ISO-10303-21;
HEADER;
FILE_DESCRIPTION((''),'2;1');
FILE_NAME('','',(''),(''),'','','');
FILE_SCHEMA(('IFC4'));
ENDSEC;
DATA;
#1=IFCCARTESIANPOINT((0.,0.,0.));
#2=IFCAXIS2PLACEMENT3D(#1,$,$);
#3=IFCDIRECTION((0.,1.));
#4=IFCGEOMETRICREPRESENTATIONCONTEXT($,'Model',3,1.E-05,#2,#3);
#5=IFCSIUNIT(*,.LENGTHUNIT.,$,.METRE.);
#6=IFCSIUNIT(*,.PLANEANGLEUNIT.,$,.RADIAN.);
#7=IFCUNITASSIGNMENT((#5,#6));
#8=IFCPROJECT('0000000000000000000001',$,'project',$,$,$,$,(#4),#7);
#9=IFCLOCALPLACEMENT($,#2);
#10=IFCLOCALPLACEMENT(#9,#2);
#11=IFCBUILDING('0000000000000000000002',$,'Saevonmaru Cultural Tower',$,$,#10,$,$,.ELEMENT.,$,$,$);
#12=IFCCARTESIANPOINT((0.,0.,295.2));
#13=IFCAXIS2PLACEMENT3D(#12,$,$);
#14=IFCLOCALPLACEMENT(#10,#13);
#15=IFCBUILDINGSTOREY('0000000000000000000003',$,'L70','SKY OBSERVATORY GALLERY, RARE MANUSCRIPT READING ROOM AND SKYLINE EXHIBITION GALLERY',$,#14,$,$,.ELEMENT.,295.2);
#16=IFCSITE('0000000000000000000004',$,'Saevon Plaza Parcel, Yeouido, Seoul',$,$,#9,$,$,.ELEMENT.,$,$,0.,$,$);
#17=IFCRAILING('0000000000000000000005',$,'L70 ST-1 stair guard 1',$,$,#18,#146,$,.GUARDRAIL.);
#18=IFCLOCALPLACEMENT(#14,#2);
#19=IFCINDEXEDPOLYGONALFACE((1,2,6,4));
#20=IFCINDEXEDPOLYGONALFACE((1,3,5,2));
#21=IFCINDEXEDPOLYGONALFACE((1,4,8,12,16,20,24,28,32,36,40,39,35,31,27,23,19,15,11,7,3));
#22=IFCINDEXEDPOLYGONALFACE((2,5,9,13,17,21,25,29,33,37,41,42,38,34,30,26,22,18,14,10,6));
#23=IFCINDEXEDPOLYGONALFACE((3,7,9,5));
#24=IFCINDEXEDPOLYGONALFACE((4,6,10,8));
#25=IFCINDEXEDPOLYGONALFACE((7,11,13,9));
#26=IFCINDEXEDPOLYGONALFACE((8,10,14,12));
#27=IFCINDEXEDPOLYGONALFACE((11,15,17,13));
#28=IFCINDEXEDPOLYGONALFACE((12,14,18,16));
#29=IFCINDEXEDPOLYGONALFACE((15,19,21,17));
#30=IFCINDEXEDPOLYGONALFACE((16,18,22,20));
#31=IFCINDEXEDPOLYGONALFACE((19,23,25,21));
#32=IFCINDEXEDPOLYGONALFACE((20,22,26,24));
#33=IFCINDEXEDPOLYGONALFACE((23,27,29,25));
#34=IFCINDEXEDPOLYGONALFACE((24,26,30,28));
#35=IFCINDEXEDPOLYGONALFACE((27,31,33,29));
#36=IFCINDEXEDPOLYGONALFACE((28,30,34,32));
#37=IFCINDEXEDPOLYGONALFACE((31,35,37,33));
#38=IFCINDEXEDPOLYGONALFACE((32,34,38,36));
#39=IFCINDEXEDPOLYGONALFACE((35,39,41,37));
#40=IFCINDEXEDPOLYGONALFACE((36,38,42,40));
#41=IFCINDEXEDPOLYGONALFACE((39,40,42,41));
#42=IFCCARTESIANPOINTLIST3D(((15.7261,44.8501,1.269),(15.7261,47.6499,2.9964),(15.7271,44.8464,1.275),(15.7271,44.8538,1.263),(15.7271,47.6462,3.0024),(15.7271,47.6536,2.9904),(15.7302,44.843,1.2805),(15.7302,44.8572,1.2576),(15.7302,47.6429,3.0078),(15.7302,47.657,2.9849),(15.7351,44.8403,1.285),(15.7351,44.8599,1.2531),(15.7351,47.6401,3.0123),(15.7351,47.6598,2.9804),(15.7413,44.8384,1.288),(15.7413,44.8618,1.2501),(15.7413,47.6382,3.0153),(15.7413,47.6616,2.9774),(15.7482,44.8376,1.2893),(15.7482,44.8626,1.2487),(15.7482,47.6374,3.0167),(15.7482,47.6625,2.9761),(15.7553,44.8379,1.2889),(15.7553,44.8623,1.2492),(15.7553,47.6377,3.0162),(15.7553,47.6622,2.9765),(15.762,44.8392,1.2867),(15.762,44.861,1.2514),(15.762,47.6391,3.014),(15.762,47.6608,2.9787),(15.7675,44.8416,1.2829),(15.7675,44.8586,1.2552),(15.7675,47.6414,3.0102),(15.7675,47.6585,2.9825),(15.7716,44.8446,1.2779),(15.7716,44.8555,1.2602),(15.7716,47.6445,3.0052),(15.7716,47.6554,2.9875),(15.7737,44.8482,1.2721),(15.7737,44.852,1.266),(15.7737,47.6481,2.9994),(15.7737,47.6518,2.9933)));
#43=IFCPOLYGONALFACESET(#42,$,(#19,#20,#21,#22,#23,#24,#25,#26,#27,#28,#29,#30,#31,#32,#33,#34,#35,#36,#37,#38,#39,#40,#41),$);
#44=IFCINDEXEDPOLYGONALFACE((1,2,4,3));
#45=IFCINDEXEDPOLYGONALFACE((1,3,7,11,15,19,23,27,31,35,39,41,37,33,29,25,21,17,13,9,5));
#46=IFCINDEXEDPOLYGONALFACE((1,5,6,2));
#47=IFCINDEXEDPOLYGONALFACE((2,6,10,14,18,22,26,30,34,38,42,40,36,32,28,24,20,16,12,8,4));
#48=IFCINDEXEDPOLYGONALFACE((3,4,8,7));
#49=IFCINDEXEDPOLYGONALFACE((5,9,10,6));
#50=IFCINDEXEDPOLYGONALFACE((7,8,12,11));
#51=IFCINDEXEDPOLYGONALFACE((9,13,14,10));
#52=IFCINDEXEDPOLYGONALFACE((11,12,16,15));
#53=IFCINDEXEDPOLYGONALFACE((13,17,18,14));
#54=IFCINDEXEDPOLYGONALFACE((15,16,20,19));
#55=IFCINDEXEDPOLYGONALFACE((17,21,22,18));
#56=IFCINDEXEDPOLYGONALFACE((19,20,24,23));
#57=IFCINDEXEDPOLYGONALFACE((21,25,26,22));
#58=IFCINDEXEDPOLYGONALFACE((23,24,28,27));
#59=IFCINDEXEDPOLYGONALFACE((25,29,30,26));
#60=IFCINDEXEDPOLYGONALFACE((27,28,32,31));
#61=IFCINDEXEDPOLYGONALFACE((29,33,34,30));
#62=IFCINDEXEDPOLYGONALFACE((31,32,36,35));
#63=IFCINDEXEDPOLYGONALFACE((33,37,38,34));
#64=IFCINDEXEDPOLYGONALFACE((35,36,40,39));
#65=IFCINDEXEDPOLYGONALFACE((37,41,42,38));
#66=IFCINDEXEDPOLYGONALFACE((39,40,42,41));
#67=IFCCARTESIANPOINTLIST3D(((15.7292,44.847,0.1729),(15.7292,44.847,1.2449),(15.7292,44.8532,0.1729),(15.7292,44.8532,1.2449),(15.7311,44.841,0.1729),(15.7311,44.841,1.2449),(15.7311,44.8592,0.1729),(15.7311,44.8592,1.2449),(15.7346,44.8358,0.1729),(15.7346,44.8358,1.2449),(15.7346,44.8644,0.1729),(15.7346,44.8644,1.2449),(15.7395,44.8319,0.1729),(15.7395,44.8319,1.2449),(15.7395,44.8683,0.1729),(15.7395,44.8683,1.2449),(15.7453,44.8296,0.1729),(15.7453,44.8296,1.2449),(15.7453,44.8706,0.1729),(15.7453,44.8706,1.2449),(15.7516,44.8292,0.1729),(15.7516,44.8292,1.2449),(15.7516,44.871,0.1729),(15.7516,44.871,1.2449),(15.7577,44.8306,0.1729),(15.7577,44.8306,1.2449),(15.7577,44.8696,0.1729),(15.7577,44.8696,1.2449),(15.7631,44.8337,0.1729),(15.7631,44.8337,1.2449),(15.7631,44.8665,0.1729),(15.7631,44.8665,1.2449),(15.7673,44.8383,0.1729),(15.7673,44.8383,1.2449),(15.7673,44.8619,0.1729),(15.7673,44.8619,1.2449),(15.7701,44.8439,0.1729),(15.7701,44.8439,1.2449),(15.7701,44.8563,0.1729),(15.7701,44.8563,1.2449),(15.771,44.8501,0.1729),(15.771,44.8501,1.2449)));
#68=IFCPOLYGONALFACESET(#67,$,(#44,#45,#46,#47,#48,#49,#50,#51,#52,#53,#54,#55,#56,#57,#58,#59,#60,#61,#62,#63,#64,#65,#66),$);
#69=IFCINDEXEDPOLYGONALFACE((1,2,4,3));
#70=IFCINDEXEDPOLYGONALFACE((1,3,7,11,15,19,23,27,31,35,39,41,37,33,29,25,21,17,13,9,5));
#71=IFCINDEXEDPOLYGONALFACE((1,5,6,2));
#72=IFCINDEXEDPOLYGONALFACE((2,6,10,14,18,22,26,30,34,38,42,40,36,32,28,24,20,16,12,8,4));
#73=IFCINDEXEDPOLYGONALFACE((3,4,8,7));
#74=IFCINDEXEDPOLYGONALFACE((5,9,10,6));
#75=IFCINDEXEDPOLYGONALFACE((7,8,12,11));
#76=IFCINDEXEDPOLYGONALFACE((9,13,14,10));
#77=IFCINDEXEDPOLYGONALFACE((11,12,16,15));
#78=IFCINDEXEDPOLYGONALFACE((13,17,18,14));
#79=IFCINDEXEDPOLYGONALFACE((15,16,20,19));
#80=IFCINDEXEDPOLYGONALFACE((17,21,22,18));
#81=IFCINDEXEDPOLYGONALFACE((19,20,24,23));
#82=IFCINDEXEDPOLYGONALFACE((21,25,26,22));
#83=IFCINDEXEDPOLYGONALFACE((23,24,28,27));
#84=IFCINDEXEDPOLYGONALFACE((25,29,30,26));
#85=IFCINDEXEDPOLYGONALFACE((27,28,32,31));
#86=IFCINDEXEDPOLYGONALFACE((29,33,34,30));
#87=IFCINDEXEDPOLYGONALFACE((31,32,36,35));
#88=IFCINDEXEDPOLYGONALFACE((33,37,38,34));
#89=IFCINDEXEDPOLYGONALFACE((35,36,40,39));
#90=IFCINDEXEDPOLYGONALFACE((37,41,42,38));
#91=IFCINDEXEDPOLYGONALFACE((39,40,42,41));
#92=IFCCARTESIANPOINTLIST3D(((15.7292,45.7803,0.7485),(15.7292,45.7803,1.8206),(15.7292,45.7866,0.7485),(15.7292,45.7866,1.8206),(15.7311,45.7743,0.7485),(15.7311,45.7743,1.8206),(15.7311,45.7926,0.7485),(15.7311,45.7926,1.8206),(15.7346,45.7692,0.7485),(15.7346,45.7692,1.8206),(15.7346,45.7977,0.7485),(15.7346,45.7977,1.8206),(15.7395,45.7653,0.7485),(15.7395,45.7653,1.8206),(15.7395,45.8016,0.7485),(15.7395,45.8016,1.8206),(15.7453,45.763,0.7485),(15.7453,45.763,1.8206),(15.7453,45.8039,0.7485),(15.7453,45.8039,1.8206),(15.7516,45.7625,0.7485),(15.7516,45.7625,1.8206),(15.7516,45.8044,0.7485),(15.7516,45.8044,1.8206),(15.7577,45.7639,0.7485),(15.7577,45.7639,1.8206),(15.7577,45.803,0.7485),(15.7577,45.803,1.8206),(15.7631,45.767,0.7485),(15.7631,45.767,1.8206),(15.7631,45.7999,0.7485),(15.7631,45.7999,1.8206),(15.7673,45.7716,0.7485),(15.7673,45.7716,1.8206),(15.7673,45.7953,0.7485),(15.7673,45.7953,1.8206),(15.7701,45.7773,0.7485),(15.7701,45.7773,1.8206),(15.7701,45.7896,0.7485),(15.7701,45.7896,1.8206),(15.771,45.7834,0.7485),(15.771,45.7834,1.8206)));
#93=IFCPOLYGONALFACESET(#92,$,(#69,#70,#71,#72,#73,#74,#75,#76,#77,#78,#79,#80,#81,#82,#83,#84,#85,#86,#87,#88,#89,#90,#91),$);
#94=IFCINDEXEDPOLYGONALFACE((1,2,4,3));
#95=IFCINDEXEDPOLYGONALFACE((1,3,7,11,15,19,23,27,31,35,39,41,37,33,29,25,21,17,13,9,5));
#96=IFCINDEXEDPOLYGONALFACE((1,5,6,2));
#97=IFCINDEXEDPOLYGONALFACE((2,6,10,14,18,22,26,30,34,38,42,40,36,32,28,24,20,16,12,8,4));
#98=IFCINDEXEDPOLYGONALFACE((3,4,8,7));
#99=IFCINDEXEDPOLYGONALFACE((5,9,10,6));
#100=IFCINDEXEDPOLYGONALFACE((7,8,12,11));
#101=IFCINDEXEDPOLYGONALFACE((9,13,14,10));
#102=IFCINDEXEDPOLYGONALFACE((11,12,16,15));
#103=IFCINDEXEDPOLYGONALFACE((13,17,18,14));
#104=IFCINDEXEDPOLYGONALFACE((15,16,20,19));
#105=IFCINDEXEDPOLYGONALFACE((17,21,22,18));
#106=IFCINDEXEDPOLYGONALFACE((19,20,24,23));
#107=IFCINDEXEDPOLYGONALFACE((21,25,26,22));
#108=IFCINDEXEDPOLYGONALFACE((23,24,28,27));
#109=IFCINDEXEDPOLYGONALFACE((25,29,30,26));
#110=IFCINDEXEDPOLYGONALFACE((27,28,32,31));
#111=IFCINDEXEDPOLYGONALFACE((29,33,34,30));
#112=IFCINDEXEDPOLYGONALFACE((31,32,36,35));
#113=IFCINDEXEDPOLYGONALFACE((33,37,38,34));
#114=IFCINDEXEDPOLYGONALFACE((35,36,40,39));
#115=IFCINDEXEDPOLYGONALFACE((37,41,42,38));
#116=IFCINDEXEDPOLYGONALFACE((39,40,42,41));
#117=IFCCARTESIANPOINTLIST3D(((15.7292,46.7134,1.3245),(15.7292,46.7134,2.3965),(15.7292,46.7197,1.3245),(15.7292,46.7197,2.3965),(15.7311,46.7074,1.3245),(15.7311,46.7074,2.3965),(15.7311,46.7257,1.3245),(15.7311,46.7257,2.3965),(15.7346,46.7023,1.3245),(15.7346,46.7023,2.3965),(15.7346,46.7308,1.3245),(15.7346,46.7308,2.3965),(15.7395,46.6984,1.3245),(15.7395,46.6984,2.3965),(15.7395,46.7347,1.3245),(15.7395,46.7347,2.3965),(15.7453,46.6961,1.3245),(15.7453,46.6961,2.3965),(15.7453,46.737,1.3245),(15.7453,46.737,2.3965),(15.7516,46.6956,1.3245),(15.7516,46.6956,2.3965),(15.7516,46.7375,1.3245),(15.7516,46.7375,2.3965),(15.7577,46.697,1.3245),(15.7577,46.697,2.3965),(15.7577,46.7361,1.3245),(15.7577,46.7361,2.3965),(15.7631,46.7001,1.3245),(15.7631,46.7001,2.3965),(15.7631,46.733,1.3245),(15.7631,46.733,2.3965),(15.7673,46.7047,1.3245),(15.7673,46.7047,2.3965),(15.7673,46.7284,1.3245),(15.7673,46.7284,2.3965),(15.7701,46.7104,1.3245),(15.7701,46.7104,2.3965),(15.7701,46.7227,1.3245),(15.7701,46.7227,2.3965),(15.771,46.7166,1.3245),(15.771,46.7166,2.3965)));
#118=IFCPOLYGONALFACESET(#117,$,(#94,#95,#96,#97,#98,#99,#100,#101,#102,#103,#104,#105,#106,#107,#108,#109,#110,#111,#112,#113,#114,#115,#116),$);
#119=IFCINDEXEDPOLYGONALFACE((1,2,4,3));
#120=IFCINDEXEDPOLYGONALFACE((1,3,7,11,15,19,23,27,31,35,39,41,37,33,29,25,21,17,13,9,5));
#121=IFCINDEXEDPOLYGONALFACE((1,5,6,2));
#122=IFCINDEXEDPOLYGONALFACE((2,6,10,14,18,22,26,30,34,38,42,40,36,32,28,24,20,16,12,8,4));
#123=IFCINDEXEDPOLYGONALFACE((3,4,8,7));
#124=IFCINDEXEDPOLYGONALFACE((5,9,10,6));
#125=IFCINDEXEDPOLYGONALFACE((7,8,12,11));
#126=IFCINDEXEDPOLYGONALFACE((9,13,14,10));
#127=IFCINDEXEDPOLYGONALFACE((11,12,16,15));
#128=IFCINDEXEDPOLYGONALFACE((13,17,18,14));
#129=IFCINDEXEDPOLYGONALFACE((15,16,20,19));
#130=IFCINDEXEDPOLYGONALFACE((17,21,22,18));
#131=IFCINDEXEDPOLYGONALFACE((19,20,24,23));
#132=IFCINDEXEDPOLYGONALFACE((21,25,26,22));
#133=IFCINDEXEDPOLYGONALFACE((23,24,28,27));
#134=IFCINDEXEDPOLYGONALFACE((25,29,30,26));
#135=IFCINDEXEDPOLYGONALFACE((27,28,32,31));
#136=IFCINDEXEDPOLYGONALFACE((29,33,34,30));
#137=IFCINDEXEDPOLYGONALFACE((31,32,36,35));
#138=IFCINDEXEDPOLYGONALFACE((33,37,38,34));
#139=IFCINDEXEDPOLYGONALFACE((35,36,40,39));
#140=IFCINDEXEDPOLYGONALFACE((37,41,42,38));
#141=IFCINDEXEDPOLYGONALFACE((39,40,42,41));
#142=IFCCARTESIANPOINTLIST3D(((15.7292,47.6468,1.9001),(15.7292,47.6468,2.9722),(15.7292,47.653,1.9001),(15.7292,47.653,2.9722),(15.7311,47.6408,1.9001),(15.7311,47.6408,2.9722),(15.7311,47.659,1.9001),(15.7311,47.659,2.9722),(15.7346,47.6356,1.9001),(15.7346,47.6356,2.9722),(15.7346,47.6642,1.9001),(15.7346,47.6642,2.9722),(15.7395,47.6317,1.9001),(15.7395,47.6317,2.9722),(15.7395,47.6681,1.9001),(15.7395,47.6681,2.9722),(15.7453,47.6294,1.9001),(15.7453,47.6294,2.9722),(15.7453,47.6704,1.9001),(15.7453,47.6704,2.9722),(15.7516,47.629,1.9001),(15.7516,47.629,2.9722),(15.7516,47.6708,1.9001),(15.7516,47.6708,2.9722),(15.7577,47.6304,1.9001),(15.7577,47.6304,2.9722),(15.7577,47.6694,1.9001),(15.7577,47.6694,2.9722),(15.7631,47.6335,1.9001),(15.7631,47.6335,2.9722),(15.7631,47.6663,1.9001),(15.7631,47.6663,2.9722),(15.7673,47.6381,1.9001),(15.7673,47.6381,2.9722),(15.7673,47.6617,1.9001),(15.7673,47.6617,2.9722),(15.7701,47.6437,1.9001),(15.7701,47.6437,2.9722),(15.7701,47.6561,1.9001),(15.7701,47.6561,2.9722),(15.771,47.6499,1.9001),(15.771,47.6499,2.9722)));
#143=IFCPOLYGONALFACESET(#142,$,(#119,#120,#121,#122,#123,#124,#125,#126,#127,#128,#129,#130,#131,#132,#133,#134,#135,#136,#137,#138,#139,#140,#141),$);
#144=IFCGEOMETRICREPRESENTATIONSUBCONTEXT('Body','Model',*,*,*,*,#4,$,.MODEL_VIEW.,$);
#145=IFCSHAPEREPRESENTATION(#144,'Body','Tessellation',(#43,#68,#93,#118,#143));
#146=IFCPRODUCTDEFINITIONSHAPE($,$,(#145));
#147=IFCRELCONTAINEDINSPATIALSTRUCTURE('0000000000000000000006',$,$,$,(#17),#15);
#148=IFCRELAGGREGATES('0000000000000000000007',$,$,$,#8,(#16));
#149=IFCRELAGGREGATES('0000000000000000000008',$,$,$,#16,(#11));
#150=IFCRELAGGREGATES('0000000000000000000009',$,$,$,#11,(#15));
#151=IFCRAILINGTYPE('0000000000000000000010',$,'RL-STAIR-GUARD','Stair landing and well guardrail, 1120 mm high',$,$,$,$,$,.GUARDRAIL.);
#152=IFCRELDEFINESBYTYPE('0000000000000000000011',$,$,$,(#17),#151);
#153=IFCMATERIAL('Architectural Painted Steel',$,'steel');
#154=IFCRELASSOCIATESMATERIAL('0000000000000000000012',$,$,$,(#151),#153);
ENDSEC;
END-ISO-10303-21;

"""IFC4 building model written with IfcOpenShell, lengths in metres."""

from ifc_helpers import new_model, si_unit, direction, frame, origin, origin_2d, place, context, subcontext, project, spatial, circle, extrude, material, type_object, element, save


model = new_model("IFC4")

# Units and contexts
model_context = context("Model", 3, precision=1e-05, world=origin(), true_north=direction((0.0, 1.0)))
body_context = subcontext(model_context, "Body", "Model", "MODEL_VIEW")
ifc_project = project(units=[si_unit("LENGTHUNIT", "METRE"), si_unit("PLANEANGLEUNIT", "RADIAN")], contexts=[model_context])

# Site, building, storey
site_placement = place(None, origin())
site = spatial("IfcSite", under=ifc_project, at=site_placement, Name="Saevon Plaza Parcel, Yeouido, Seoul", CompositionType="ELEMENT", RefElevation=0.0)
building_placement = place(site_placement, origin())
building = spatial("IfcBuilding", under=site, at=building_placement, Name="Saevonmaru Cultural Tower", CompositionType="ELEMENT")
storey_placement = place(building_placement, frame((0.0, 0.0, 295.2)))
storey = spatial("IfcBuildingStorey", under=building, at=storey_placement, Name="L70", Description="SKY OBSERVATORY GALLERY, RARE MANUSCRIPT READING ROOM AND SKYLINE EXHIBITION GALLERY", CompositionType="ELEMENT", Elevation=295.2)

# Railing
ifc_material_1 = material(Name="Architectural Painted Steel", Category="steel")
railing_type_1 = type_object("IfcRailingType", Name="RL-STAIR-GUARD", Description="Stair landing and well guardrail, 1120 mm high", PredefinedType="GUARDRAIL", material=ifc_material_1)
railing_1_placement = place(storey_placement, frame((15.75, 44.8501, 0.1729)))
element("IfcRailing", 1, at=railing_1_placement, inside=storey, type_object=railing_type_1, Name="L70 ST-1 stair guard 1", PredefinedType="GUARDRAIL", context=body_context, shape_type="SweptSolid", body=[
    extrude(circle(Radius=0.0239, at=origin_2d()), frame((0.0, 0.0, 1.0962), z_axis=(0.0, 0.851069, 0.525054), x_axis=(-1.0, 0.0, 0.0)), (0.0, 0.0, 1.0), 3.2898),
    extrude(circle(Radius=0.021, at=origin_2d()), origin(), (0.0, 0.0, 1.0), 1.072),
    extrude(circle(Radius=0.021, at=origin_2d()), frame((0.0, 0.9333, 0.5757)), (0.0, 0.0, 1.0), 1.072),
    extrude(circle(Radius=0.021, at=origin_2d()), frame((0.0, 1.8665, 1.1516)), (0.0, 0.0, 1.0), 1.072),
    extrude(circle(Radius=0.021, at=origin_2d()), frame((0.0, 2.7998, 1.7273)), (0.0, 0.0, 1.0), 1.072),
])

save(model, "model.ifc")
